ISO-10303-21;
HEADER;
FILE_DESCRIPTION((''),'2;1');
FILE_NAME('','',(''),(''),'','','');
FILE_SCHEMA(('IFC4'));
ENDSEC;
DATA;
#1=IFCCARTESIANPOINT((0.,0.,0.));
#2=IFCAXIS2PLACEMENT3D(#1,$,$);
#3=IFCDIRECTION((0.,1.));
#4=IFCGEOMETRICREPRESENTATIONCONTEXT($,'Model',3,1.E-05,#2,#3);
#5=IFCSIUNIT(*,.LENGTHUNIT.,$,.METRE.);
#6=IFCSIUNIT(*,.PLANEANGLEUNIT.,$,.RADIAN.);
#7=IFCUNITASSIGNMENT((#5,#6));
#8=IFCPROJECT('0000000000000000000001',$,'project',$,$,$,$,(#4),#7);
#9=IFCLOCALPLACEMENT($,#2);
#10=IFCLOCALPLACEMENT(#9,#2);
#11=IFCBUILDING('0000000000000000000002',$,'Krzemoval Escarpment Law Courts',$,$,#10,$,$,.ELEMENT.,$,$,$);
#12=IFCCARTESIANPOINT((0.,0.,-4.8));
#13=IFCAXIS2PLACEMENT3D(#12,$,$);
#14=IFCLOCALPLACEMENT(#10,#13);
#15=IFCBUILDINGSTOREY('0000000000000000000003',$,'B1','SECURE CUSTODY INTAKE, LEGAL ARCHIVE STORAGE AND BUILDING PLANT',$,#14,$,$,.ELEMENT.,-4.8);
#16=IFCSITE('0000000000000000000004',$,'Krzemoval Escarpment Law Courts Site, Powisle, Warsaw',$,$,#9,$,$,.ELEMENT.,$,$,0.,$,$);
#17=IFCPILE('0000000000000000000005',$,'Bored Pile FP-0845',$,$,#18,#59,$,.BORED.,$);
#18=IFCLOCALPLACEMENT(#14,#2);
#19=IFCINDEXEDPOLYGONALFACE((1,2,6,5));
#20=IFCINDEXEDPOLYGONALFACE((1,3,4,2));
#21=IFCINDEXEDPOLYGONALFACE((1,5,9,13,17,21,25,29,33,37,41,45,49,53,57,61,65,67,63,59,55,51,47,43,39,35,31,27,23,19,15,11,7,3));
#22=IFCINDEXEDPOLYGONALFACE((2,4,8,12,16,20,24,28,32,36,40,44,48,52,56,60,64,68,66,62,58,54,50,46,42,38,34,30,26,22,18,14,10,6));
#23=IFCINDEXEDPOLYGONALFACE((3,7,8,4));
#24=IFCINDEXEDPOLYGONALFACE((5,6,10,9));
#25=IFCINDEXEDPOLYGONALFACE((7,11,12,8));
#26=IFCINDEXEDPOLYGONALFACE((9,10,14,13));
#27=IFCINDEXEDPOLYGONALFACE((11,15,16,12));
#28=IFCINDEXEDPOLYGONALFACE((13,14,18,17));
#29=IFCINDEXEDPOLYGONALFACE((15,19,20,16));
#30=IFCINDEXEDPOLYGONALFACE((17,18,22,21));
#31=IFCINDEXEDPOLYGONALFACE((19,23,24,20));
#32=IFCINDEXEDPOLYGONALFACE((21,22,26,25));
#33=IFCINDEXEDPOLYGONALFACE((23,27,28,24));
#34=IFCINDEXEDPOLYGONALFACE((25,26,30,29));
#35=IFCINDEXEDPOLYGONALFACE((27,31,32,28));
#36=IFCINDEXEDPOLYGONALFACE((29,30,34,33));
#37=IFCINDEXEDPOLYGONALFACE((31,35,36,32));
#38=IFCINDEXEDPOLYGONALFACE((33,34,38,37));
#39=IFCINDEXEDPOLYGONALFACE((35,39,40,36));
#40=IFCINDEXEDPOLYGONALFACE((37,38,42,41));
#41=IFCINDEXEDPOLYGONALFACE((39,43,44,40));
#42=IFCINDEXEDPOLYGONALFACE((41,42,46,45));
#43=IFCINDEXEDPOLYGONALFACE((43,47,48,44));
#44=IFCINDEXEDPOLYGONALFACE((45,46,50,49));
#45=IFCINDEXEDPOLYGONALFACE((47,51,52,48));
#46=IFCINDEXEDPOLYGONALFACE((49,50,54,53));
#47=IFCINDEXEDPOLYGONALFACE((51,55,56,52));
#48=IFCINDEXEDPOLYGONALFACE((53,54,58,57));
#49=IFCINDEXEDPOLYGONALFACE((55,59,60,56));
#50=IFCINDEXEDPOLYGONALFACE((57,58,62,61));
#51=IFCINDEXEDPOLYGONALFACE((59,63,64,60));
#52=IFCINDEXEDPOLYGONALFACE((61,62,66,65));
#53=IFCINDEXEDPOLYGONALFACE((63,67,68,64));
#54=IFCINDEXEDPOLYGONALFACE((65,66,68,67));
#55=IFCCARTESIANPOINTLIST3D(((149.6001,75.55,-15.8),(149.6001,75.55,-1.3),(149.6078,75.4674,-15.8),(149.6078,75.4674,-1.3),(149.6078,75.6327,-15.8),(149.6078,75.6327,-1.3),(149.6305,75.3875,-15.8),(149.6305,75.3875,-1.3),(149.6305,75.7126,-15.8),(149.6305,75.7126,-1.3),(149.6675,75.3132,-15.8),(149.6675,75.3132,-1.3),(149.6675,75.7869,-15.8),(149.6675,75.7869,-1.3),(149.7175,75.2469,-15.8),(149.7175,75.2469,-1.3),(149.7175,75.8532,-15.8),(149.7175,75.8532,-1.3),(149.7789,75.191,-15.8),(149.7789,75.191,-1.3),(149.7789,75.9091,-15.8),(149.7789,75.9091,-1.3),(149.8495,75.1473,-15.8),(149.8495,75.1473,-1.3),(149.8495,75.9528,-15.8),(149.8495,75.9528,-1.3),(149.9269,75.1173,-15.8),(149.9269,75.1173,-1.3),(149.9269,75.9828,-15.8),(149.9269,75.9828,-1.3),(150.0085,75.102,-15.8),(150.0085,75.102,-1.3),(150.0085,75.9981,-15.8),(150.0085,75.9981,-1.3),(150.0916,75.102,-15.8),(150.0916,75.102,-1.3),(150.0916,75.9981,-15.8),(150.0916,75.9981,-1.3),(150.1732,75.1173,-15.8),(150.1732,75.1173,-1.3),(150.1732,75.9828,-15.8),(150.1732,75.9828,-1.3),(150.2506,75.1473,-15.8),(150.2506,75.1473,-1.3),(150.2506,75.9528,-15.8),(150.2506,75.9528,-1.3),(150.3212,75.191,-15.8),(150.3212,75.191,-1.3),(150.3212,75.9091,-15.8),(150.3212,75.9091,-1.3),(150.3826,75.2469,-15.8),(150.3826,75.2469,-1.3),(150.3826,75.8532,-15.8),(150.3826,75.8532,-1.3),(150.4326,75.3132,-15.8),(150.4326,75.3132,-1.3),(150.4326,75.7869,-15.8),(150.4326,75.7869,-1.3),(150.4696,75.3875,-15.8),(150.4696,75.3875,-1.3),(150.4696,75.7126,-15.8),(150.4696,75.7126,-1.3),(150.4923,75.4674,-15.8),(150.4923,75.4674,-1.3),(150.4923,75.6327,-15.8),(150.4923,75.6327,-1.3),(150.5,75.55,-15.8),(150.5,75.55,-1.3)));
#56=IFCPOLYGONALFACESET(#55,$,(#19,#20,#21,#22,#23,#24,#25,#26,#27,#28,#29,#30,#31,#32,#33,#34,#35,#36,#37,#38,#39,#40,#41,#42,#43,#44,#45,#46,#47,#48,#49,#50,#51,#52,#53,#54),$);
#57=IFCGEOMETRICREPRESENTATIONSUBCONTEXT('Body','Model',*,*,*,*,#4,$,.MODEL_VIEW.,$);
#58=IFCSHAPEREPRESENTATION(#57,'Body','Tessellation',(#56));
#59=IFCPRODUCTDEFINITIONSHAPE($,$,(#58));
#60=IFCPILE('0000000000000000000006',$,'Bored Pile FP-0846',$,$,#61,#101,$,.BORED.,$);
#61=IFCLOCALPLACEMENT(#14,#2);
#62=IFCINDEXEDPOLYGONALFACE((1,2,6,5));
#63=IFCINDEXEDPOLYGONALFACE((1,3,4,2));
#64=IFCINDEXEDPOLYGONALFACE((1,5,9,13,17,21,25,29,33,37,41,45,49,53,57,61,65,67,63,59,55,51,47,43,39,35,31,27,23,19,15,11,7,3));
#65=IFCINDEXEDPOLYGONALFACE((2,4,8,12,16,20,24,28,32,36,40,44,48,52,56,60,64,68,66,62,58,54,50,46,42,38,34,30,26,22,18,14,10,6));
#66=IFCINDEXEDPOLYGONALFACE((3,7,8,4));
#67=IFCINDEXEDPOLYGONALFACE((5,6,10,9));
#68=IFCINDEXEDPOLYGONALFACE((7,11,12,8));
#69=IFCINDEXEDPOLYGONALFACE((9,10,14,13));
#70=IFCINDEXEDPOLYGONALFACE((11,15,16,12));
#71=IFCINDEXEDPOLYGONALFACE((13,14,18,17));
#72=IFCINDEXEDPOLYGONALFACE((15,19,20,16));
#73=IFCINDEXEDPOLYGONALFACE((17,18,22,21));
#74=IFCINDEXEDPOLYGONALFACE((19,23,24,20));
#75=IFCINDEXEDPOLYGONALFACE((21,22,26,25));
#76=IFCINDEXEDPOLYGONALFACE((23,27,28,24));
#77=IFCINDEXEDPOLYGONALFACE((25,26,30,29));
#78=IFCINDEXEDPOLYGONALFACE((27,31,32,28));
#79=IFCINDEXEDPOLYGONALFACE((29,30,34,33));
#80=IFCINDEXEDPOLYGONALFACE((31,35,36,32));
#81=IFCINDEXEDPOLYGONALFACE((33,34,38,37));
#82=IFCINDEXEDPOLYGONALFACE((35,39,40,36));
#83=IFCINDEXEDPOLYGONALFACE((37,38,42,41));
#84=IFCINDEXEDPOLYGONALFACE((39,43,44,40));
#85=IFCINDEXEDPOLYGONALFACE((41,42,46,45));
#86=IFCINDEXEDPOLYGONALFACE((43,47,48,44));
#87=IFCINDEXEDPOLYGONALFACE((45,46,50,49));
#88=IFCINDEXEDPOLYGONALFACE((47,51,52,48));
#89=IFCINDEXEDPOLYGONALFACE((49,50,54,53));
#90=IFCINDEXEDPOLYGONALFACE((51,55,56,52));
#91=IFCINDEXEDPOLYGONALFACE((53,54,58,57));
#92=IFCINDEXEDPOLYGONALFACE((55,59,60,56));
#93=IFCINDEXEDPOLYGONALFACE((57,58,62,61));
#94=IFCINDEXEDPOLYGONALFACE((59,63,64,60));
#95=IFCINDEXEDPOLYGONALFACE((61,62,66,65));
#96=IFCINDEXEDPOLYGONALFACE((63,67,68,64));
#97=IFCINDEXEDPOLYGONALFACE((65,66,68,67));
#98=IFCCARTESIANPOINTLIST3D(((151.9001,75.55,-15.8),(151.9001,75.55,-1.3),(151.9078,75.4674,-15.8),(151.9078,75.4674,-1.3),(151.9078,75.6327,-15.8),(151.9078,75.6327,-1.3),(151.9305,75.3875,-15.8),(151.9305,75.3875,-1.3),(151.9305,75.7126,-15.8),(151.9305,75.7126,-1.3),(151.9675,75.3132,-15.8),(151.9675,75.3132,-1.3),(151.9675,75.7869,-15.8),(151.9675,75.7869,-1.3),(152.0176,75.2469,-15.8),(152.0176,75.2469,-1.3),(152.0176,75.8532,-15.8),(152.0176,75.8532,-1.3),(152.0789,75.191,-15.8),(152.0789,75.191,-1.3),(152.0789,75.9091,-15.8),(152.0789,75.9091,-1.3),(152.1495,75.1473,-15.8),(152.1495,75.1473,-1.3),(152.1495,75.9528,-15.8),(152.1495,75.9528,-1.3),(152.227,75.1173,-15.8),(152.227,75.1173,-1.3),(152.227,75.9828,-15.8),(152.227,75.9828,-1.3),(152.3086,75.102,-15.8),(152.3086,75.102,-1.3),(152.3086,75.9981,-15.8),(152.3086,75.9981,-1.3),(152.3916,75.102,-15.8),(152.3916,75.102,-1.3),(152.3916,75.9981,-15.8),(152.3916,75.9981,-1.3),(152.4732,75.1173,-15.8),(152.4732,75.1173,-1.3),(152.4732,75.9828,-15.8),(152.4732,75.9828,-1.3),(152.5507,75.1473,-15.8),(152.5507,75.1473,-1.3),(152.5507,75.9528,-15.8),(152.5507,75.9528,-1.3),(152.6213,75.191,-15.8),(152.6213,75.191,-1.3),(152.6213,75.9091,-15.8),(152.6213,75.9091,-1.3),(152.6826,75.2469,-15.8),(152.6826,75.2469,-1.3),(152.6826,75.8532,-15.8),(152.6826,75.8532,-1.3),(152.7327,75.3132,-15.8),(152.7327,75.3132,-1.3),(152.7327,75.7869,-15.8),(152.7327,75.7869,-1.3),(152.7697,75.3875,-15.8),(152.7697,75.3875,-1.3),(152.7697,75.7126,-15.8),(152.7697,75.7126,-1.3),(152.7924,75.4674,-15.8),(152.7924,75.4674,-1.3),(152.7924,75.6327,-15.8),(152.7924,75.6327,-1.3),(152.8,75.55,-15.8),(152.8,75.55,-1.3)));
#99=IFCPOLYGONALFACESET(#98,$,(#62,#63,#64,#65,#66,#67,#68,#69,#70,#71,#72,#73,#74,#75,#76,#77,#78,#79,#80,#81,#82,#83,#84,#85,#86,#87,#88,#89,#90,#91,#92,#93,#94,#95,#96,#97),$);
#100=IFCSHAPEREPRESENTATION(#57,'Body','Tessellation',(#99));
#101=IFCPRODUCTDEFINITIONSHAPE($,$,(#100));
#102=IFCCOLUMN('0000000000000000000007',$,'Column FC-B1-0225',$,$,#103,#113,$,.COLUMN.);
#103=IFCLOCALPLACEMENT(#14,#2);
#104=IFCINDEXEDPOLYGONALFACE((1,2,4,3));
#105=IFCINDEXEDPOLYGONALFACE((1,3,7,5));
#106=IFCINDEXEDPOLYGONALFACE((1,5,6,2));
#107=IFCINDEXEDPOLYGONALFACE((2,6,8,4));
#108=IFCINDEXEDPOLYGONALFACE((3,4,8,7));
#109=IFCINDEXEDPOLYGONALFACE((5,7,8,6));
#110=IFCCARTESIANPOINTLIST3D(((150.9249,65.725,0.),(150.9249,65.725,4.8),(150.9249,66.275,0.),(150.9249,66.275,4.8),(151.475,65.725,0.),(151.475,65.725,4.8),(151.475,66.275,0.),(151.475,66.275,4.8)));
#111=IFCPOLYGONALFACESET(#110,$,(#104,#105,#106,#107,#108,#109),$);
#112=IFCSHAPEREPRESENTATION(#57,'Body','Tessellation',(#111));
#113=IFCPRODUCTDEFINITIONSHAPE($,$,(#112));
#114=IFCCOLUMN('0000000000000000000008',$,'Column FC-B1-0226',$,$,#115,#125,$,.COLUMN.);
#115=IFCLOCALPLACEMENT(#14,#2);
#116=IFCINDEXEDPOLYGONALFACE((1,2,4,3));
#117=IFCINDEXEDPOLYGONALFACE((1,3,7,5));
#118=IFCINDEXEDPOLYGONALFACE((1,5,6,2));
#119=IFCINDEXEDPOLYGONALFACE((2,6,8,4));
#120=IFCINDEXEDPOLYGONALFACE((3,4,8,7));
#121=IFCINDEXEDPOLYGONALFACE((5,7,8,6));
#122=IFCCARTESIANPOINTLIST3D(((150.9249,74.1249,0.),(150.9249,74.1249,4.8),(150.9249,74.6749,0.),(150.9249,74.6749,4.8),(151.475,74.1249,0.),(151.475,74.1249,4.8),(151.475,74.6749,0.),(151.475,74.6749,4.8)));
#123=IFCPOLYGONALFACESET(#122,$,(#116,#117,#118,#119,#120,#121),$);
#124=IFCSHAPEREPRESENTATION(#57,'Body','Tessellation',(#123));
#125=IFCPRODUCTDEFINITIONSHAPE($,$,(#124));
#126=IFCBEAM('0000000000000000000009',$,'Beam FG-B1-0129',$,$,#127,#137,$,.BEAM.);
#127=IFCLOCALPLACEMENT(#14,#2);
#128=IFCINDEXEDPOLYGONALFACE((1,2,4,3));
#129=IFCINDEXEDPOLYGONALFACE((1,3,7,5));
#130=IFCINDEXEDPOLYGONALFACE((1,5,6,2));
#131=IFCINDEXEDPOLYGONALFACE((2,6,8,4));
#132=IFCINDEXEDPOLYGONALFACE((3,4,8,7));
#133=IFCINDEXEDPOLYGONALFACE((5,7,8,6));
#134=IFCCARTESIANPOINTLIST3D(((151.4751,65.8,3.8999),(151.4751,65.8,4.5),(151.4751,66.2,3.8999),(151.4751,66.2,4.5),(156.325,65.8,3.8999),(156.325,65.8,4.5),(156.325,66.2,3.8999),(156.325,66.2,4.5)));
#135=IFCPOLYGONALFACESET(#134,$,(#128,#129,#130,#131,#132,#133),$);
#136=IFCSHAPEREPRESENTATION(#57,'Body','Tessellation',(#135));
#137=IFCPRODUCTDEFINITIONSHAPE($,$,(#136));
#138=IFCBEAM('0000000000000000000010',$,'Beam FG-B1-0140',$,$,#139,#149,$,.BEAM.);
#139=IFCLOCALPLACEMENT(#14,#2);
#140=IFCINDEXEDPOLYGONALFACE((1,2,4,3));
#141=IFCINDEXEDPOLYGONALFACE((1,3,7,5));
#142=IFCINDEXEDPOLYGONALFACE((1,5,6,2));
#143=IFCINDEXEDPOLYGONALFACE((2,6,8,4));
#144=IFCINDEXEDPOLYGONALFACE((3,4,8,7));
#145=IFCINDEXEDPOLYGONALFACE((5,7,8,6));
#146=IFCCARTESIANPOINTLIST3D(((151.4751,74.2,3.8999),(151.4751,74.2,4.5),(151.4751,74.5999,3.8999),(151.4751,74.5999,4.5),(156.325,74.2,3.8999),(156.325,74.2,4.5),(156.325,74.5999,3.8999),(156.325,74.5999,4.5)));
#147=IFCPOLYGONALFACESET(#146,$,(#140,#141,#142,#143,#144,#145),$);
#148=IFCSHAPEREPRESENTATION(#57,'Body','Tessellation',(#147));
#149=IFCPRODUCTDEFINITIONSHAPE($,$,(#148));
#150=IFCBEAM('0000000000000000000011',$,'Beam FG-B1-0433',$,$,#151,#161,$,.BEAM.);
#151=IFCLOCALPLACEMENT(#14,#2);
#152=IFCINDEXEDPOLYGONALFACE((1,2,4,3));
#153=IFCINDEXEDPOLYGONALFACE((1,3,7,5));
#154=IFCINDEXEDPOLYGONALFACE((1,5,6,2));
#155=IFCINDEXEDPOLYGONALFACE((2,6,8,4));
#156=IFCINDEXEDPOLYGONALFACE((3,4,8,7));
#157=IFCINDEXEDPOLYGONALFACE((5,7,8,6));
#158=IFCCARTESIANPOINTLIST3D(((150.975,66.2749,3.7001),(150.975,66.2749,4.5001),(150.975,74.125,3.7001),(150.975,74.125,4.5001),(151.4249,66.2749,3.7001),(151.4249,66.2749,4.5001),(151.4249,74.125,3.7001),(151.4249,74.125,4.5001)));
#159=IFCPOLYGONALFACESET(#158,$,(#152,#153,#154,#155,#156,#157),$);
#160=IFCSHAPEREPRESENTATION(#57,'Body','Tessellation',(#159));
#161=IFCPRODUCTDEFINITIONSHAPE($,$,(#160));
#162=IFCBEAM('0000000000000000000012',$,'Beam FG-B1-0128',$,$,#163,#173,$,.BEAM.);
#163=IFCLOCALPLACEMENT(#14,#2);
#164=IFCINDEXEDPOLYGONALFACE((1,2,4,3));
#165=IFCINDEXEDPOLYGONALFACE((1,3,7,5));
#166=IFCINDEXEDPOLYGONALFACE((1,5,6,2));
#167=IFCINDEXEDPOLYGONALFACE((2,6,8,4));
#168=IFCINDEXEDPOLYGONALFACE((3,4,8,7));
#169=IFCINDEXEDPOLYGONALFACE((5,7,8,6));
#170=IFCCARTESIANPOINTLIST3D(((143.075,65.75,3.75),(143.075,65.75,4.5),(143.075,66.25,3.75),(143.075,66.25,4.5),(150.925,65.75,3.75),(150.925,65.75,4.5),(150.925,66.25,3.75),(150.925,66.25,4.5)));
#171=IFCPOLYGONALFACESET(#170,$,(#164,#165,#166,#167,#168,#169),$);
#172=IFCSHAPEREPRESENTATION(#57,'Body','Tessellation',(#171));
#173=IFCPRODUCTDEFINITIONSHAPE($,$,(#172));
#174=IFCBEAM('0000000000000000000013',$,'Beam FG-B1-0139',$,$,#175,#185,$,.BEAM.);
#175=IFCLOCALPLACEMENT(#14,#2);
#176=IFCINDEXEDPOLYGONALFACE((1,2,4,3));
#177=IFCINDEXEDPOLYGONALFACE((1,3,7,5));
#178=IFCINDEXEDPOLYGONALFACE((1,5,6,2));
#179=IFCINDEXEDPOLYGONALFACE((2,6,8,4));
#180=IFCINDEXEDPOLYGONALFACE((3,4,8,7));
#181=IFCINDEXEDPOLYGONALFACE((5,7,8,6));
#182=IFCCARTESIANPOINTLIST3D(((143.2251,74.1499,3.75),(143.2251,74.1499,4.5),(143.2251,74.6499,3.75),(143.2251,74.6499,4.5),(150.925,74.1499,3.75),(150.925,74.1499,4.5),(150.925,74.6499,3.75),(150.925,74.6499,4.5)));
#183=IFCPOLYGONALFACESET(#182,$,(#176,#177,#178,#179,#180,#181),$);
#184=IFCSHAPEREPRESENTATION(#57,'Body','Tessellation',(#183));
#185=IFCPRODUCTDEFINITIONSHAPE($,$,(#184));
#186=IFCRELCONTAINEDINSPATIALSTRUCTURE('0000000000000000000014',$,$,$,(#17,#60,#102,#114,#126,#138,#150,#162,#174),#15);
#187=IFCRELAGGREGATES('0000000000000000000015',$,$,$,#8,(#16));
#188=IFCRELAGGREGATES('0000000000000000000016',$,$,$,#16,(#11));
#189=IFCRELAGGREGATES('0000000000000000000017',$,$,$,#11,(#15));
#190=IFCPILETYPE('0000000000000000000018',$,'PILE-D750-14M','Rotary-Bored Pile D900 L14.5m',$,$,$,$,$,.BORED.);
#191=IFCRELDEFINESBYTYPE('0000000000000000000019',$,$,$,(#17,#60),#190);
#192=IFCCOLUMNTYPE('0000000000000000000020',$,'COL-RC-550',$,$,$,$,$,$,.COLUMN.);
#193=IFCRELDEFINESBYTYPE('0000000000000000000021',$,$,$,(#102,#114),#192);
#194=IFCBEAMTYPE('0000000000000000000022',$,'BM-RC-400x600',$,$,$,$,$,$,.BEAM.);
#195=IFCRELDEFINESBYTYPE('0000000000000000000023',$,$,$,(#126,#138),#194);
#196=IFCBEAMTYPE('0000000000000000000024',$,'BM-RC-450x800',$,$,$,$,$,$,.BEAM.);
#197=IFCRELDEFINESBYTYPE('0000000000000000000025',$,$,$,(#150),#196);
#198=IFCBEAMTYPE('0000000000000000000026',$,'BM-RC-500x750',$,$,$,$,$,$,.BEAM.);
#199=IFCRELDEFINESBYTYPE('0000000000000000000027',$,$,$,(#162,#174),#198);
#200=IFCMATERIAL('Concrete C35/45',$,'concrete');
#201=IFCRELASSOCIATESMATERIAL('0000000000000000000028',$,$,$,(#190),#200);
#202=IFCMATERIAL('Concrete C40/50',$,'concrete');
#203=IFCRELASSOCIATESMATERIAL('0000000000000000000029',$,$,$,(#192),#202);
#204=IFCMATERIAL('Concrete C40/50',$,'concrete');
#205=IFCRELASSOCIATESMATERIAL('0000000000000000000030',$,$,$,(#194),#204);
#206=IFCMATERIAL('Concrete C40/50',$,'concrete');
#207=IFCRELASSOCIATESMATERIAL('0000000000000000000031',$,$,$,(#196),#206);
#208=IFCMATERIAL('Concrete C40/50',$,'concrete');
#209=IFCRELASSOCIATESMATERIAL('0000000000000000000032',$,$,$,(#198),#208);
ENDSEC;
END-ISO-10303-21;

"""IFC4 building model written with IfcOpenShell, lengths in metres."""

from ifc_helpers import new_model, si_unit, direction, frame, origin, origin_2d, place, context, subcontext, project, spatial, rectangle, circle, extrude, material, material_profile, profile_set, type_object, element, save


model = new_model("IFC4")

# Units and contexts
model_context = context("Model", 3, precision=1e-05, world=origin(), true_north=direction((0.0, 1.0)))
body_context = subcontext(model_context, "Body", "Model", "MODEL_VIEW")
ifc_project = project(units=[si_unit("LENGTHUNIT", "METRE"), si_unit("PLANEANGLEUNIT", "RADIAN")], contexts=[model_context])

# Site, building, storey
site_placement = place(None, origin())
site = spatial("IfcSite", under=ifc_project, at=site_placement, Name="Krzemoval Escarpment Law Courts Site, Powisle, Warsaw", CompositionType="ELEMENT", RefElevation=0.0)
building_placement = place(site_placement, origin())
building = spatial("IfcBuilding", under=site, at=building_placement, Name="Krzemoval Escarpment Law Courts", CompositionType="ELEMENT")
storey_placement = place(building_placement, frame((0.0, 0.0, -4.8)))
storey = spatial("IfcBuildingStorey", under=building, at=storey_placement, Name="B1", Description="SECURE CUSTODY INTAKE, LEGAL ARCHIVE STORAGE AND BUILDING PLANT", CompositionType="ELEMENT", Elevation=-4.8)

# Piles
ifc_material_1 = material(Name="Concrete C35/45", Category="concrete")
ifc_material_profile_1 = material_profile(ifc_material_1, circle(Radius=0.45, at=origin_2d()), Name="PILE D900")
ifc_profile_set_1 = profile_set([ifc_material_profile_1], Name="Concrete C35/45")
pile_type_1 = type_object("IfcPileType", Name="PILE-D750-14M", Description="Rotary-Bored Pile D900 L14.5m", PredefinedType="BORED", material=ifc_profile_set_1)
for number, where, z_axis, x_axis, name in (
    (1, (150.05, 75.55, -1.3), (0.0, 0.0, -1.0), (1.0, 0.0, 0.0), "Bored Pile FP-0845"),
    (2, (152.3501, 75.55, -1.3), (0.0, 0.0, -1.0), (1.0, 0.0, 0.0), "Bored Pile FP-0846"),
):
    element("IfcPile", number, at=place(storey_placement, frame(where, z_axis=z_axis, x_axis=x_axis)), inside=storey, type_object=pile_type_1, Name=name, PredefinedType="BORED", context=body_context, shape_type="SweptSolid", body=[
        extrude(circle(Radius=0.45, at=origin_2d()), origin(), (0.0, 0.0, 1.0), 14.5),
    ])

# Columns
ifc_material_2 = material(Name="Concrete C40/50", Category="concrete")
ifc_material_profile_2 = material_profile(ifc_material_2, rectangle(XDim=0.55, YDim=0.55, at=origin_2d()), Name="RC 550x550")
ifc_profile_set_2 = profile_set([ifc_material_profile_2], Name="Concrete C40/50")
column_type = type_object("IfcColumnType", Name="COL-RC-550", PredefinedType="COLUMN", material=ifc_profile_set_2)
for number, where, z_axis, x_axis, name in (
    (3, (151.2, 66.0, 0.0), (0.0, 0.0, 1.0), (1.0, 0.0, 0.0), "Column FC-B1-0225"),
    (4, (151.2, 74.3999, 0.0), (0.0, 0.0, 1.0), (1.0, 0.0, 0.0), "Column FC-B1-0226"),
):
    element("IfcColumn", number, at=place(storey_placement, frame(where, z_axis=z_axis, x_axis=x_axis)), inside=storey, type_object=column_type, Name=name, PredefinedType="COLUMN", context=body_context, shape_type="SweptSolid", body=[
        extrude(rectangle(XDim=0.55, YDim=0.55, at=origin_2d()), origin(), (0.0, 0.0, 1.0), 4.8),
    ])

# Beams
ifc_material_3 = material(Name="Concrete C40/50", Category="concrete")
ifc_material_profile_3 = material_profile(ifc_material_3, rectangle(XDim=0.3999, YDim=0.6001, at=origin_2d()), Name="RCB 400x600")
ifc_profile_set_3 = profile_set([ifc_material_profile_3], Name="Concrete C40/50")
beam_type_1 = type_object("IfcBeamType", Name="BM-RC-400x600", PredefinedType="BEAM", material=ifc_profile_set_3)
for number, where, z_axis, x_axis, name in (
    (5, (151.4751, 66.0, 4.2), (1.0, 0.0, 0.0), (0.0, 1.0, 0.0), "Beam FG-B1-0129"),
    (6, (151.4751, 74.3999, 4.2), (1.0, 0.0, 0.0), (0.0, 1.0, 0.0), "Beam FG-B1-0140"),
):
    element("IfcBeam", number, at=place(storey_placement, frame(where, z_axis=z_axis, x_axis=x_axis)), inside=storey, type_object=beam_type_1, Name=name, PredefinedType="BEAM", context=body_context, shape_type="SweptSolid", body=[
        extrude(rectangle(XDim=0.3999, YDim=0.6001, at=origin_2d()), origin(), (0.0, 0.0, 1.0), 4.8499),
    ])
ifc_material_4 = material(Name="Concrete C40/50", Category="concrete")
ifc_material_profile_4 = material_profile(ifc_material_4, rectangle(XDim=0.45, YDim=0.8, at=origin_2d()), Name="RCB 450x800")
ifc_profile_set_4 = profile_set([ifc_material_profile_4], Name="Concrete C40/50")
beam_type_2 = type_object("IfcBeamType", Name="BM-RC-450x800", PredefinedType="BEAM", material=ifc_profile_set_4)
beam_1_placement = place(storey_placement, frame((151.2, 66.2749, 4.1001), z_axis=(0.0, 1.0, 0.0), x_axis=(-1.0, 0.0, 0.0)))
element("IfcBeam", 7, at=beam_1_placement, inside=storey, type_object=beam_type_2, Name="Beam FG-B1-0433", PredefinedType="BEAM", context=body_context, shape_type="SweptSolid", body=[
    extrude(rectangle(XDim=0.45, YDim=0.8, at=origin_2d()), origin(), (0.0, 0.0, 1.0), 7.8501),
])
ifc_material_5 = material(Name="Concrete C40/50", Category="concrete")
ifc_material_profile_5 = material_profile(ifc_material_5, rectangle(XDim=0.5, YDim=0.75, at=origin_2d()), Name="RCB 500x750")
ifc_profile_set_5 = profile_set([ifc_material_profile_5], Name="Concrete C40/50")
beam_type_3 = type_object("IfcBeamType", Name="BM-RC-500x750", PredefinedType="BEAM", material=ifc_profile_set_5)
beam_2_placement = place(storey_placement, frame((143.075, 66.0, 4.125), z_axis=(1.0, 0.0, 0.0), x_axis=(0.0, 1.0, 0.0)))
element("IfcBeam", 8, at=beam_2_placement, inside=storey, type_object=beam_type_3, Name="Beam FG-B1-0128", PredefinedType="BEAM", context=body_context, shape_type="SweptSolid", body=[
    extrude(rectangle(XDim=0.5, YDim=0.75, at=origin_2d()), origin(), (0.0, 0.0, 1.0), 7.8501),
])
beam_3_placement = place(storey_placement, frame((143.2251, 74.3999, 4.125), z_axis=(1.0, 0.0, 0.0), x_axis=(0.0, 1.0, 0.0)))
element("IfcBeam", 9, at=beam_3_placement, inside=storey, type_object=beam_type_3, Name="Beam FG-B1-0139", PredefinedType="BEAM", context=body_context, shape_type="SweptSolid", body=[
    extrude(rectangle(XDim=0.5, YDim=0.75, at=origin_2d()), origin(), (0.0, 0.0, 1.0), 7.7),
])

save(model, "model.ifc")
